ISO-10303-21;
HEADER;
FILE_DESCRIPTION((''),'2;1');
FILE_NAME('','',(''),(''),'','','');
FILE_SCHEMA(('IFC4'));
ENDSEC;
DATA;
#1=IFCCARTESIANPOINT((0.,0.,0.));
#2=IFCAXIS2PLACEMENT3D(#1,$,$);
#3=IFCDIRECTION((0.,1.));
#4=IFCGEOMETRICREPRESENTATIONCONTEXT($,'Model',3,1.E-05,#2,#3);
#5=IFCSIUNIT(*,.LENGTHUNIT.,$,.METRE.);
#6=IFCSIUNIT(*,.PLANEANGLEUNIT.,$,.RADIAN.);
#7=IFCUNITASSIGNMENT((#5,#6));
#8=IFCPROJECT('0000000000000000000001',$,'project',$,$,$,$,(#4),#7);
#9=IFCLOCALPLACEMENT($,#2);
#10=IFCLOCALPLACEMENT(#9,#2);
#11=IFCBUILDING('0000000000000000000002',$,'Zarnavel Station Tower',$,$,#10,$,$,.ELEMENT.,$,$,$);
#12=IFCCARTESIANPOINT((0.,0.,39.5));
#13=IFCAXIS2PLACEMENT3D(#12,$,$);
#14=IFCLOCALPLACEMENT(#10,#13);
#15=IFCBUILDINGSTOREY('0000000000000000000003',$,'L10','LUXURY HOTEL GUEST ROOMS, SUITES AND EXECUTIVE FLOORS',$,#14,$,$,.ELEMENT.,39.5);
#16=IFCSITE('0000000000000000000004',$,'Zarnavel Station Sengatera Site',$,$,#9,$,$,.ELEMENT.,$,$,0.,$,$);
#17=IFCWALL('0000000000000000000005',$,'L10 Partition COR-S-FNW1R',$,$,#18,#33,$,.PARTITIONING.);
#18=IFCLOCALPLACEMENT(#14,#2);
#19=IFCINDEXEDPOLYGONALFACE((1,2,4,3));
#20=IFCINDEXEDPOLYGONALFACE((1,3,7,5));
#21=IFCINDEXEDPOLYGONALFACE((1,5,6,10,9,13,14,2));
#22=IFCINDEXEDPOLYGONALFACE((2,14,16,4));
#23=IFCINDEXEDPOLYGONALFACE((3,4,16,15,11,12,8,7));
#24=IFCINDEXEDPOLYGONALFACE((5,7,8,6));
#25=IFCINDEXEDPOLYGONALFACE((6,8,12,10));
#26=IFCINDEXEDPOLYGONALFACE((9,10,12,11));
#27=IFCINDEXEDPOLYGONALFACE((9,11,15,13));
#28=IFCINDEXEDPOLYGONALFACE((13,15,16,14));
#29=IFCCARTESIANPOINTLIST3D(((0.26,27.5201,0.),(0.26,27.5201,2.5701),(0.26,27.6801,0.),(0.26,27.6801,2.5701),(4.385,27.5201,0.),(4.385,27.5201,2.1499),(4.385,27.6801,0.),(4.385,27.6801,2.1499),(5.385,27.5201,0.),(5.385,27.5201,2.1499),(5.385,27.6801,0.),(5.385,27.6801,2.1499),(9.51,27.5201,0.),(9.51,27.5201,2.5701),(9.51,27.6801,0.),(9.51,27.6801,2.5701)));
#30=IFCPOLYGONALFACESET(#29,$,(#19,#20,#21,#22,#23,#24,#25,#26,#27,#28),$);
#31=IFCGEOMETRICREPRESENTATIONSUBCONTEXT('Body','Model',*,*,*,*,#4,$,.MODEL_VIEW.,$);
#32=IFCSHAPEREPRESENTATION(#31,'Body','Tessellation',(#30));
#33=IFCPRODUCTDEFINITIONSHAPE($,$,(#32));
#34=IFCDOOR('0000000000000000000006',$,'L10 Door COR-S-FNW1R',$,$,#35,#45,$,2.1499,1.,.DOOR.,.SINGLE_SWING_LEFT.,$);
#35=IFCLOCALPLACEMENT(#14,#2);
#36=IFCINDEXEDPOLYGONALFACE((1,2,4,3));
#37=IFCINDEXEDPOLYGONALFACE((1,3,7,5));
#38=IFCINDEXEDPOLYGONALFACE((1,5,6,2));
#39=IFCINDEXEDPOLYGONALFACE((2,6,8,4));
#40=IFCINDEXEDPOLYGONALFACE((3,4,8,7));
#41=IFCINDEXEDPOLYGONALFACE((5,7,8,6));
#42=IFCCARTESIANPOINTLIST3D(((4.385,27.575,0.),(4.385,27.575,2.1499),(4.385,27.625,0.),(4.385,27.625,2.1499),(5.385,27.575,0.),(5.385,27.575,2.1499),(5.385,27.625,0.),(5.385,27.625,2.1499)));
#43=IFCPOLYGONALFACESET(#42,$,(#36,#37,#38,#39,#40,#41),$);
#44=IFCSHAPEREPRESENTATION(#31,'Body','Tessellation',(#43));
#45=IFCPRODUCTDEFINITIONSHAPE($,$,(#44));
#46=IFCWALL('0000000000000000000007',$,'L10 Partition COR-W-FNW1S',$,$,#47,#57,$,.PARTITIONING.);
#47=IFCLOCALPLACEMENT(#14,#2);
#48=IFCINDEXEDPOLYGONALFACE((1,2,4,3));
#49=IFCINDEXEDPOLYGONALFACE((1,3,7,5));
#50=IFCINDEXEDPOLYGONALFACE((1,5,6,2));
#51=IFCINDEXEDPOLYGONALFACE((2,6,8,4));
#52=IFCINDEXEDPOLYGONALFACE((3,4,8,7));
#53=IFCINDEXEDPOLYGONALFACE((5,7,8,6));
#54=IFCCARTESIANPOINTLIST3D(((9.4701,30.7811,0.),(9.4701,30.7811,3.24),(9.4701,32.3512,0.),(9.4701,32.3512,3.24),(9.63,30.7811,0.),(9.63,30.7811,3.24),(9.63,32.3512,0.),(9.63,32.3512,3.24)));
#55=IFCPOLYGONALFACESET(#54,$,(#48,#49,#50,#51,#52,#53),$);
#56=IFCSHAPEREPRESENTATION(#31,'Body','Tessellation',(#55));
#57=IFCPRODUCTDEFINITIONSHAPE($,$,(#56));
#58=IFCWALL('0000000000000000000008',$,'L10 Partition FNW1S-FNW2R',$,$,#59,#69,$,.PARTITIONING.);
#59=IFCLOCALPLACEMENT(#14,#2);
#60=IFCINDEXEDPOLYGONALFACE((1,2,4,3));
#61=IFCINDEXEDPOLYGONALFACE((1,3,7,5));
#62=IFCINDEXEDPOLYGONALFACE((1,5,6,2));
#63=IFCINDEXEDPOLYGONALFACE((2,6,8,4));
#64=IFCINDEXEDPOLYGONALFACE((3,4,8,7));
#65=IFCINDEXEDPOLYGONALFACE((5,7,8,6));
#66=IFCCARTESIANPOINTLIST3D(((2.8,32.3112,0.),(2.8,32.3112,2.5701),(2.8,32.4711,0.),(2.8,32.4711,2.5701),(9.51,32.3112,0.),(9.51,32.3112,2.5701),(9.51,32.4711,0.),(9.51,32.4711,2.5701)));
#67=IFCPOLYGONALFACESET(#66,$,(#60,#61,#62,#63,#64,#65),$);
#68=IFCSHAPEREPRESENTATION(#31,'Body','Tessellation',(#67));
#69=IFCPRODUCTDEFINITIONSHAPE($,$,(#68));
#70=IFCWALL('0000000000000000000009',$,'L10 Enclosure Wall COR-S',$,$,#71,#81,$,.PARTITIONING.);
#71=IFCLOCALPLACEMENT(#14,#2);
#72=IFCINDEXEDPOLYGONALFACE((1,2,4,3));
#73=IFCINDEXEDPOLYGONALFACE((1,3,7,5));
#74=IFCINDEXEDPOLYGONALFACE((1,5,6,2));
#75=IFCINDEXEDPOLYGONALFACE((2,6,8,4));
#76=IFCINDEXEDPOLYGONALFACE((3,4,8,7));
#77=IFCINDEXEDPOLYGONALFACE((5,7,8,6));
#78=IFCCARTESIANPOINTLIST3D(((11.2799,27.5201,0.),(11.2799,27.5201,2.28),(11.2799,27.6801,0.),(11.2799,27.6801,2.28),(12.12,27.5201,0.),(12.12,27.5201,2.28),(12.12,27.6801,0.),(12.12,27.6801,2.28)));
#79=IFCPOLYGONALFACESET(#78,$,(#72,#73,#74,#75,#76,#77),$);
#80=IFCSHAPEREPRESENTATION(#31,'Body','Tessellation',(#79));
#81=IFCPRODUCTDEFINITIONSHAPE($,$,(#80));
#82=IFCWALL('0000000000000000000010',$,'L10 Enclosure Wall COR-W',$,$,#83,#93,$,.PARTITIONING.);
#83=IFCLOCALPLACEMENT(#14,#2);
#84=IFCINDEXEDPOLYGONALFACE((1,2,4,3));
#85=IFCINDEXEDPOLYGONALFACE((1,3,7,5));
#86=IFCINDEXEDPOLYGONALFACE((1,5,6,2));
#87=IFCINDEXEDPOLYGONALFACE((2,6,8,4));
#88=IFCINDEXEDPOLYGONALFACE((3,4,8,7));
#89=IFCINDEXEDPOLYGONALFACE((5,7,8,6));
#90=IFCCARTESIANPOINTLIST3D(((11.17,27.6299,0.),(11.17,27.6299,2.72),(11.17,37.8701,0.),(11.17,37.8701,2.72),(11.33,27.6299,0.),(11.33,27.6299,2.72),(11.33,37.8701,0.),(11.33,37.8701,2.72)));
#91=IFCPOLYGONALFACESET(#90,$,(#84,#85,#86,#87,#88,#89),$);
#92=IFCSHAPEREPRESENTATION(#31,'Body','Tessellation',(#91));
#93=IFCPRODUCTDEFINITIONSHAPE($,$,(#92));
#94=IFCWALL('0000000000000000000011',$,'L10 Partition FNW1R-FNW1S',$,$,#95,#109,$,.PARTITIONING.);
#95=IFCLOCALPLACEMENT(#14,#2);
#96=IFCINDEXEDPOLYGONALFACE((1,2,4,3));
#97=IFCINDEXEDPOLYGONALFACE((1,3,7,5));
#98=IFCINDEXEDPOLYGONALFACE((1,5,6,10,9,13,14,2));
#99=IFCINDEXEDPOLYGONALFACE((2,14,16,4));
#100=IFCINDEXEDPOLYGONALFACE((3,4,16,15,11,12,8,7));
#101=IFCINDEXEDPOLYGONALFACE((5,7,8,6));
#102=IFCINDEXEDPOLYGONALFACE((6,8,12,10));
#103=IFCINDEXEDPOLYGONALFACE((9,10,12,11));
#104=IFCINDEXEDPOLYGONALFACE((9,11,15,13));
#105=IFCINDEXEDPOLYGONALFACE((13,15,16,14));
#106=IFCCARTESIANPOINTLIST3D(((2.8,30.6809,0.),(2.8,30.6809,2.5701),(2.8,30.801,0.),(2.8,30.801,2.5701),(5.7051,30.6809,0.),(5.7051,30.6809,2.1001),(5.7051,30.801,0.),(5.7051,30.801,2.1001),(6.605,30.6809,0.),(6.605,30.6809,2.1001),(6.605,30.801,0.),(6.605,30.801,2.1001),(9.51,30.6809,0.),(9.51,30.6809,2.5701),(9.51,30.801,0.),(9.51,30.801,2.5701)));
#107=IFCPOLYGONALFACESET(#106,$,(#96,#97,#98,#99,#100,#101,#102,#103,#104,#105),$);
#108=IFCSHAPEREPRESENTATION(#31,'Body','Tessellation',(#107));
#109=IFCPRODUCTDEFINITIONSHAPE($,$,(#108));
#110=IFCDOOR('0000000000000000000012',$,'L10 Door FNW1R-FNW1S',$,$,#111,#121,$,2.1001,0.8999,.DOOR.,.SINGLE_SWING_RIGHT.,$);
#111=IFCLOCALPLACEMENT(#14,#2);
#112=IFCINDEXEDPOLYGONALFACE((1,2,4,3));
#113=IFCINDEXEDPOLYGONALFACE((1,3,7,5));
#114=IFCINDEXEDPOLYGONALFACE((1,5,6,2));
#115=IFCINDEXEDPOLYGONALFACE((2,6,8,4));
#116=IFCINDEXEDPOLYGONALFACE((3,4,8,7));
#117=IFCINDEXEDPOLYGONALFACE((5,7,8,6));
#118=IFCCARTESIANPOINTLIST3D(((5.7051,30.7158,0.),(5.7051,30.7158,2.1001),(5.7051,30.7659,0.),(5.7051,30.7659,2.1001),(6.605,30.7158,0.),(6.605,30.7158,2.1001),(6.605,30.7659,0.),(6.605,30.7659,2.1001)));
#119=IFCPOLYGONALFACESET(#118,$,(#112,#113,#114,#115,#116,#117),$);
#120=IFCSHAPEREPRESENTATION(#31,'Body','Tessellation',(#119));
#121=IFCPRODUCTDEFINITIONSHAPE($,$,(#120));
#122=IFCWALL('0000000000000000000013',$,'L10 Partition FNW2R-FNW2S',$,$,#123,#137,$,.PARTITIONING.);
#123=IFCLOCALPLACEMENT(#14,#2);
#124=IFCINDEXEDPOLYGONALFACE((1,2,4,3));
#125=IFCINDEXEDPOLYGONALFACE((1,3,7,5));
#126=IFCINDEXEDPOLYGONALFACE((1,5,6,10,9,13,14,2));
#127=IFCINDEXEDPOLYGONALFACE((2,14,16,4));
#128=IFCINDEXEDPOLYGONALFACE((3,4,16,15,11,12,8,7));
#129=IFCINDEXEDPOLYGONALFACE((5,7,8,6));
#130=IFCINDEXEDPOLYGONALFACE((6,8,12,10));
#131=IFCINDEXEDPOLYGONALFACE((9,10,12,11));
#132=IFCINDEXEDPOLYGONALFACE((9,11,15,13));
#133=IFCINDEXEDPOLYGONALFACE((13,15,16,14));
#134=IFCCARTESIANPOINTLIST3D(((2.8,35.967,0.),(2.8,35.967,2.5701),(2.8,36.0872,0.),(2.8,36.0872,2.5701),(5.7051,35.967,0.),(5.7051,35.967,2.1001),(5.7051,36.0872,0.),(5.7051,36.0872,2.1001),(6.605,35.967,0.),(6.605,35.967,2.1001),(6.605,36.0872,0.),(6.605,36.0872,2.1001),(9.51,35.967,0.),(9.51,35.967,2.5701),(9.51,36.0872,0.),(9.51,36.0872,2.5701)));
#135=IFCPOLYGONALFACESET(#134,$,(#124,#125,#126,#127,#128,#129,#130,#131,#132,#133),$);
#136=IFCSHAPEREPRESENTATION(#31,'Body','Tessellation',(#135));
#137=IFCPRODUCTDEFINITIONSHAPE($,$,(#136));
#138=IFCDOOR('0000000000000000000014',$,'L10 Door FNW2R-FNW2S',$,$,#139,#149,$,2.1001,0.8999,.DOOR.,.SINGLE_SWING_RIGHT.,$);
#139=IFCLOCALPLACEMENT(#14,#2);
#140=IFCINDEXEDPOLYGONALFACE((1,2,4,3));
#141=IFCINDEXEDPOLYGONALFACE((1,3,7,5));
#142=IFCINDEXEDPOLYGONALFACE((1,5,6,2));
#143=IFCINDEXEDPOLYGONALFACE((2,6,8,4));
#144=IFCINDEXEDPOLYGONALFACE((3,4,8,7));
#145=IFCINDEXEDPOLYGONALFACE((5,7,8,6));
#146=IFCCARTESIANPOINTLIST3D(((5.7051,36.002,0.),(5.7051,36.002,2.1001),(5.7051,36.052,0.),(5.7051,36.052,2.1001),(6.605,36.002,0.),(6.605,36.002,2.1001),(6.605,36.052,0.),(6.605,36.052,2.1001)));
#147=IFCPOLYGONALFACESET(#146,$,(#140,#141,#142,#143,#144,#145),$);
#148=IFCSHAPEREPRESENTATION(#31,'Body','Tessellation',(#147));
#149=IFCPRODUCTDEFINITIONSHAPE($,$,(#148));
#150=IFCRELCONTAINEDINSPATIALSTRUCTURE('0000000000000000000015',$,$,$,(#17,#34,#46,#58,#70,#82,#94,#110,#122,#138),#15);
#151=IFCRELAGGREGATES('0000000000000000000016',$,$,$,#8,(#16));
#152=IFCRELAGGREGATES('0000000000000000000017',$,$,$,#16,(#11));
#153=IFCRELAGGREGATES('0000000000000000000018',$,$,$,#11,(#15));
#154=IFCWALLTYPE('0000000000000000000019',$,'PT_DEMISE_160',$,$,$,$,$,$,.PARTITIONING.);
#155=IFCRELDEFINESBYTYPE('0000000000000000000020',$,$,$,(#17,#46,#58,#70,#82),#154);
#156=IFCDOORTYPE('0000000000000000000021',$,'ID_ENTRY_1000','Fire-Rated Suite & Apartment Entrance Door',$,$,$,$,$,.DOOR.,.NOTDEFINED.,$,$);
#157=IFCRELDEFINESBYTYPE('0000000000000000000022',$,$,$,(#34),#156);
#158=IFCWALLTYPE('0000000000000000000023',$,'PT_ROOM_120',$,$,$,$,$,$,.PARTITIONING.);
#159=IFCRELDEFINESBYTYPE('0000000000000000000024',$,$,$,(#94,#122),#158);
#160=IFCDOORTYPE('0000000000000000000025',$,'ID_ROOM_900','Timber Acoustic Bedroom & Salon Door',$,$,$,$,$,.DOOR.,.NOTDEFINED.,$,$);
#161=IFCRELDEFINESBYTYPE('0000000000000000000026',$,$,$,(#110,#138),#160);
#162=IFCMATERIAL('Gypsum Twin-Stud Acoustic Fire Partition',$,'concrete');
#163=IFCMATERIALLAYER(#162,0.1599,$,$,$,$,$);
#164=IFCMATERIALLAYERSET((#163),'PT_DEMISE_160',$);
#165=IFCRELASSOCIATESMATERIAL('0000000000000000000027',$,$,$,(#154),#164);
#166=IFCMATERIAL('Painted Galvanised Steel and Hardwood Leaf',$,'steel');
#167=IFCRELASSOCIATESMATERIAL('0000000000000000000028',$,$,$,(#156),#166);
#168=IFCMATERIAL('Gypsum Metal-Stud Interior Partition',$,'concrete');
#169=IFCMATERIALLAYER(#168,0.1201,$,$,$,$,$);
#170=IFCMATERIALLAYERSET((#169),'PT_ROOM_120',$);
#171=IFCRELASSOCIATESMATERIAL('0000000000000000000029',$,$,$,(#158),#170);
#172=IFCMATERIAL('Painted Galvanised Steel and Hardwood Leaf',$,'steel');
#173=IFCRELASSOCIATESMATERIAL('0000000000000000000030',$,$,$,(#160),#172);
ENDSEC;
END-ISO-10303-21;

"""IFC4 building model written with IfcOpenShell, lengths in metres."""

from ifc_helpers import new_model, si_unit, direction, frame, frame_2d, origin, place, context, subcontext, project, spatial, rectangle, extrude, material, layer, layer_set, type_object, element, fill, save


model = new_model("IFC4")

# Units and contexts
model_context = context("Model", 3, precision=1e-05, world=origin(), true_north=direction((0.0, 1.0)))
body_context = subcontext(model_context, "Body", "Model", "MODEL_VIEW")
ifc_project = project(units=[si_unit("LENGTHUNIT", "METRE"), si_unit("PLANEANGLEUNIT", "RADIAN")], contexts=[model_context])

# Site, building, storey
site_placement = place(None, origin())
site = spatial("IfcSite", under=ifc_project, at=site_placement, Name="Zarnavel Station Sengatera Site", CompositionType="ELEMENT", RefElevation=0.0)
building_placement = place(site_placement, origin())
building = spatial("IfcBuilding", under=site, at=building_placement, Name="Zarnavel Station Tower", CompositionType="ELEMENT")
storey_placement = place(building_placement, frame((0.0, 0.0, 39.5)))
storey = spatial("IfcBuildingStorey", under=building, at=storey_placement, Name="L10", Description="LUXURY HOTEL GUEST ROOMS, SUITES AND EXECUTIVE FLOORS", CompositionType="ELEMENT", Elevation=39.5)

# Wall, opening, door
ifc_material_1 = material(Name="Gypsum Twin-Stud Acoustic Fire Partition", Category="concrete")
ifc_layer_1 = layer(ifc_material_1, 0.1599)
ifc_layer_set_1 = layer_set([ifc_layer_1], Name="PT_DEMISE_160")
wall_type_1 = type_object("IfcWallType", Name="PT_DEMISE_160", PredefinedType="PARTITIONING", material=ifc_layer_set_1)
wall_1_placement = place(storey_placement, frame((0.26, 27.6001, 0.0), z_axis=(0.0, 0.0, 1.0), x_axis=(1.0, 0.0, 0.0)))
wall_1 = element("IfcWall", 1, at=wall_1_placement, inside=storey, type_object=wall_type_1, Name="L10 Partition COR-S-FNW1R", PredefinedType="PARTITIONING", context=body_context, shape_type="SweptSolid", body=[
    extrude(rectangle(XDim=9.25, YDim=0.1599, at=frame_2d((4.625, 0.0))), origin(), (0.0, 0.0, 1.0), 2.5701),
])
opening_1_placement = place(wall_1_placement, frame((4.125, 0.0, 0.0)))
opening_1 = element("IfcOpeningElement", 2, at=opening_1_placement, cuts=wall_1, PredefinedType="OPENING", context=body_context, shape_type="SweptSolid", body=[
    extrude(rectangle(XDim=1.0, YDim=2.1499, at=frame_2d((0.5, 1.075))), frame((0.0, 0.0898, 0.0), z_axis=(0.0, -1.0, 0.0), x_axis=(1.0, 0.0, 0.0)), (0.0, 0.0, 1.0), 0.1799),
])
ifc_material_2 = material(Name="Painted Galvanised Steel and Hardwood Leaf", Category="steel")
door_type_1 = type_object("IfcDoorType", Name="ID_ENTRY_1000", Description="Fire-Rated Suite & Apartment Entrance Door", OperationType="NOTDEFINED", PredefinedType="DOOR", material=ifc_material_2)
door_1_placement = place(opening_1_placement, origin())
door_1 = element("IfcDoor", 3, at=door_1_placement, inside=storey, type_object=door_type_1, Name="L10 Door COR-S-FNW1R", OperationType="SINGLE_SWING_LEFT", OverallHeight=2.1499, OverallWidth=1.0, PredefinedType="DOOR", context=body_context, shape_type="SweptSolid", body=[
    extrude(rectangle(XDim=1.0, YDim=2.1499, at=frame_2d((0.5, 1.075))), frame((0.0, 0.0249, 0.0), z_axis=(0.0, -1.0, 0.0), x_axis=(1.0, 0.0, 0.0)), (0.0, 0.0, 1.0), 0.05),
])
fill(opening_1, door_1)

# Wall
wall_2_placement = place(storey_placement, frame((9.55, 30.781, 0.0), z_axis=(0.0, 0.0, 1.0), x_axis=(0.0, 1.0, 0.0)))
element("IfcWall", 4, at=wall_2_placement, inside=storey, type_object=wall_type_1, Name="L10 Partition COR-W-FNW1S", PredefinedType="PARTITIONING", context=body_context, shape_type="SweptSolid", body=[
    extrude(rectangle(XDim=1.5701, YDim=0.1599, at=frame_2d((0.7852, 0.0))), origin(), (0.0, 0.0, 1.0), 3.24),
])

# Walls
wall_3_placement = place(storey_placement, frame((2.8, 32.3911, 0.0), z_axis=(0.0, 0.0, 1.0), x_axis=(1.0, 0.0, 0.0)))
element("IfcWall", 5, at=wall_3_placement, inside=storey, type_object=wall_type_1, Name="L10 Partition FNW1S-FNW2R", PredefinedType="PARTITIONING", context=body_context, shape_type="SweptSolid", body=[
    extrude(rectangle(XDim=6.71, YDim=0.1599, at=frame_2d((3.355, 0.0))), origin(), (0.0, 0.0, 1.0), 2.5701),
])
wall_4_placement = place(storey_placement, frame((11.28, 27.6001, 0.0), z_axis=(0.0, 0.0, 1.0), x_axis=(1.0, 0.0, 0.0)))
element("IfcWall", 6, at=wall_4_placement, inside=storey, type_object=wall_type_1, Name="L10 Enclosure Wall COR-S", PredefinedType="PARTITIONING", context=body_context, shape_type="SweptSolid", body=[
    extrude(rectangle(XDim=0.8401, YDim=0.1599, at=frame_2d((0.4199, 0.0))), origin(), (0.0, 0.0, 1.0), 2.28),
])
wall_5_placement = place(storey_placement, frame((11.25, 27.6299, 0.0), z_axis=(0.0, 0.0, 1.0), x_axis=(0.0, 1.0, 0.0)))
element("IfcWall", 7, at=wall_5_placement, inside=storey, type_object=wall_type_1, Name="L10 Enclosure Wall COR-W", PredefinedType="PARTITIONING", context=body_context, shape_type="SweptSolid", body=[
    extrude(rectangle(XDim=10.2402, YDim=0.1599, at=frame_2d((5.1201, 0.0))), origin(), (0.0, 0.0, 1.0), 2.72),
])

# Walls, openings, doors
ifc_material_3 = material(Name="Gypsum Metal-Stud Interior Partition", Category="concrete")
ifc_layer_2 = layer(ifc_material_3, 0.1201)
ifc_layer_set_2 = layer_set([ifc_layer_2], Name="PT_ROOM_120")
wall_type_2 = type_object("IfcWallType", Name="PT_ROOM_120", PredefinedType="PARTITIONING", material=ifc_layer_set_2)
wall_6_placement = place(storey_placement, frame((2.8, 30.741, 0.0), z_axis=(0.0, 0.0, 1.0), x_axis=(1.0, 0.0, 0.0)))
wall_6 = element("IfcWall", 8, at=wall_6_placement, inside=storey, type_object=wall_type_2, Name="L10 Partition FNW1R-FNW1S", PredefinedType="PARTITIONING", context=body_context, shape_type="SweptSolid", body=[
    extrude(rectangle(XDim=6.71, YDim=0.1201, at=frame_2d((3.355, 0.0))), origin(), (0.0, 0.0, 1.0), 2.5701),
])
opening_2_placement = place(wall_6_placement, frame((2.905, 0.0, 0.0)))
opening_2 = element("IfcOpeningElement", 9, at=opening_2_placement, cuts=wall_6, PredefinedType="OPENING", context=body_context, shape_type="SweptSolid", body=[
    extrude(rectangle(XDim=0.8999, YDim=2.1001, at=frame_2d((0.45, 1.05))), frame((0.0, 0.0701, 0.0), z_axis=(0.0, -1.0, 0.0), x_axis=(1.0, 0.0, 0.0)), (0.0, 0.0, 1.0), 0.1401),
])
ifc_material_4 = material(Name="Painted Galvanised Steel and Hardwood Leaf", Category="steel")
door_type_2 = type_object("IfcDoorType", Name="ID_ROOM_900", Description="Timber Acoustic Bedroom & Salon Door", OperationType="NOTDEFINED", PredefinedType="DOOR", material=ifc_material_4)
door_2_placement = place(opening_2_placement, origin())
door_2 = element("IfcDoor", 10, at=door_2_placement, inside=storey, type_object=door_type_2, Name="L10 Door FNW1R-FNW1S", OperationType="SINGLE_SWING_RIGHT", OverallHeight=2.1001, OverallWidth=0.8999, PredefinedType="DOOR", context=body_context, shape_type="SweptSolid", body=[
    extrude(rectangle(XDim=0.8999, YDim=2.1001, at=frame_2d((0.45, 1.05))), frame((0.0, 0.0249, 0.0), z_axis=(0.0, -1.0, 0.0), x_axis=(1.0, 0.0, 0.0)), (0.0, 0.0, 1.0), 0.05),
])
fill(opening_2, door_2)
wall_7_placement = place(storey_placement, frame((2.8, 36.0271, 0.0), z_axis=(0.0, 0.0, 1.0), x_axis=(1.0, 0.0, 0.0)))
wall_7 = element("IfcWall", 11, at=wall_7_placement, inside=storey, type_object=wall_type_2, Name="L10 Partition FNW2R-FNW2S", PredefinedType="PARTITIONING", context=body_context, shape_type="SweptSolid", body=[
    extrude(rectangle(XDim=6.71, YDim=0.1201, at=frame_2d((3.355, 0.0))), origin(), (0.0, 0.0, 1.0), 2.5701),
])
opening_3_placement = place(wall_7_placement, frame((2.905, 0.0, 0.0)))
opening_3 = element("IfcOpeningElement", 12, at=opening_3_placement, cuts=wall_7, PredefinedType="OPENING", context=body_context, shape_type="SweptSolid", body=[
    extrude(rectangle(XDim=0.8999, YDim=2.1001, at=frame_2d((0.45, 1.05))), frame((0.0, 0.0701, 0.0), z_axis=(0.0, -1.0, 0.0), x_axis=(1.0, 0.0, 0.0)), (0.0, 0.0, 1.0), 0.1401),
])
door_3_placement = place(opening_3_placement, origin())
door_3 = element("IfcDoor", 13, at=door_3_placement, inside=storey, type_object=door_type_2, Name="L10 Door FNW2R-FNW2S", OperationType="SINGLE_SWING_RIGHT", OverallHeight=2.1001, OverallWidth=0.8999, PredefinedType="DOOR", context=body_context, shape_type="SweptSolid", body=[
    extrude(rectangle(XDim=0.8999, YDim=2.1001, at=frame_2d((0.45, 1.05))), frame((0.0, 0.0249, 0.0), z_axis=(0.0, -1.0, 0.0), x_axis=(1.0, 0.0, 0.0)), (0.0, 0.0, 1.0), 0.05),
])
fill(opening_3, door_3)

save(model, "model.ifc")
